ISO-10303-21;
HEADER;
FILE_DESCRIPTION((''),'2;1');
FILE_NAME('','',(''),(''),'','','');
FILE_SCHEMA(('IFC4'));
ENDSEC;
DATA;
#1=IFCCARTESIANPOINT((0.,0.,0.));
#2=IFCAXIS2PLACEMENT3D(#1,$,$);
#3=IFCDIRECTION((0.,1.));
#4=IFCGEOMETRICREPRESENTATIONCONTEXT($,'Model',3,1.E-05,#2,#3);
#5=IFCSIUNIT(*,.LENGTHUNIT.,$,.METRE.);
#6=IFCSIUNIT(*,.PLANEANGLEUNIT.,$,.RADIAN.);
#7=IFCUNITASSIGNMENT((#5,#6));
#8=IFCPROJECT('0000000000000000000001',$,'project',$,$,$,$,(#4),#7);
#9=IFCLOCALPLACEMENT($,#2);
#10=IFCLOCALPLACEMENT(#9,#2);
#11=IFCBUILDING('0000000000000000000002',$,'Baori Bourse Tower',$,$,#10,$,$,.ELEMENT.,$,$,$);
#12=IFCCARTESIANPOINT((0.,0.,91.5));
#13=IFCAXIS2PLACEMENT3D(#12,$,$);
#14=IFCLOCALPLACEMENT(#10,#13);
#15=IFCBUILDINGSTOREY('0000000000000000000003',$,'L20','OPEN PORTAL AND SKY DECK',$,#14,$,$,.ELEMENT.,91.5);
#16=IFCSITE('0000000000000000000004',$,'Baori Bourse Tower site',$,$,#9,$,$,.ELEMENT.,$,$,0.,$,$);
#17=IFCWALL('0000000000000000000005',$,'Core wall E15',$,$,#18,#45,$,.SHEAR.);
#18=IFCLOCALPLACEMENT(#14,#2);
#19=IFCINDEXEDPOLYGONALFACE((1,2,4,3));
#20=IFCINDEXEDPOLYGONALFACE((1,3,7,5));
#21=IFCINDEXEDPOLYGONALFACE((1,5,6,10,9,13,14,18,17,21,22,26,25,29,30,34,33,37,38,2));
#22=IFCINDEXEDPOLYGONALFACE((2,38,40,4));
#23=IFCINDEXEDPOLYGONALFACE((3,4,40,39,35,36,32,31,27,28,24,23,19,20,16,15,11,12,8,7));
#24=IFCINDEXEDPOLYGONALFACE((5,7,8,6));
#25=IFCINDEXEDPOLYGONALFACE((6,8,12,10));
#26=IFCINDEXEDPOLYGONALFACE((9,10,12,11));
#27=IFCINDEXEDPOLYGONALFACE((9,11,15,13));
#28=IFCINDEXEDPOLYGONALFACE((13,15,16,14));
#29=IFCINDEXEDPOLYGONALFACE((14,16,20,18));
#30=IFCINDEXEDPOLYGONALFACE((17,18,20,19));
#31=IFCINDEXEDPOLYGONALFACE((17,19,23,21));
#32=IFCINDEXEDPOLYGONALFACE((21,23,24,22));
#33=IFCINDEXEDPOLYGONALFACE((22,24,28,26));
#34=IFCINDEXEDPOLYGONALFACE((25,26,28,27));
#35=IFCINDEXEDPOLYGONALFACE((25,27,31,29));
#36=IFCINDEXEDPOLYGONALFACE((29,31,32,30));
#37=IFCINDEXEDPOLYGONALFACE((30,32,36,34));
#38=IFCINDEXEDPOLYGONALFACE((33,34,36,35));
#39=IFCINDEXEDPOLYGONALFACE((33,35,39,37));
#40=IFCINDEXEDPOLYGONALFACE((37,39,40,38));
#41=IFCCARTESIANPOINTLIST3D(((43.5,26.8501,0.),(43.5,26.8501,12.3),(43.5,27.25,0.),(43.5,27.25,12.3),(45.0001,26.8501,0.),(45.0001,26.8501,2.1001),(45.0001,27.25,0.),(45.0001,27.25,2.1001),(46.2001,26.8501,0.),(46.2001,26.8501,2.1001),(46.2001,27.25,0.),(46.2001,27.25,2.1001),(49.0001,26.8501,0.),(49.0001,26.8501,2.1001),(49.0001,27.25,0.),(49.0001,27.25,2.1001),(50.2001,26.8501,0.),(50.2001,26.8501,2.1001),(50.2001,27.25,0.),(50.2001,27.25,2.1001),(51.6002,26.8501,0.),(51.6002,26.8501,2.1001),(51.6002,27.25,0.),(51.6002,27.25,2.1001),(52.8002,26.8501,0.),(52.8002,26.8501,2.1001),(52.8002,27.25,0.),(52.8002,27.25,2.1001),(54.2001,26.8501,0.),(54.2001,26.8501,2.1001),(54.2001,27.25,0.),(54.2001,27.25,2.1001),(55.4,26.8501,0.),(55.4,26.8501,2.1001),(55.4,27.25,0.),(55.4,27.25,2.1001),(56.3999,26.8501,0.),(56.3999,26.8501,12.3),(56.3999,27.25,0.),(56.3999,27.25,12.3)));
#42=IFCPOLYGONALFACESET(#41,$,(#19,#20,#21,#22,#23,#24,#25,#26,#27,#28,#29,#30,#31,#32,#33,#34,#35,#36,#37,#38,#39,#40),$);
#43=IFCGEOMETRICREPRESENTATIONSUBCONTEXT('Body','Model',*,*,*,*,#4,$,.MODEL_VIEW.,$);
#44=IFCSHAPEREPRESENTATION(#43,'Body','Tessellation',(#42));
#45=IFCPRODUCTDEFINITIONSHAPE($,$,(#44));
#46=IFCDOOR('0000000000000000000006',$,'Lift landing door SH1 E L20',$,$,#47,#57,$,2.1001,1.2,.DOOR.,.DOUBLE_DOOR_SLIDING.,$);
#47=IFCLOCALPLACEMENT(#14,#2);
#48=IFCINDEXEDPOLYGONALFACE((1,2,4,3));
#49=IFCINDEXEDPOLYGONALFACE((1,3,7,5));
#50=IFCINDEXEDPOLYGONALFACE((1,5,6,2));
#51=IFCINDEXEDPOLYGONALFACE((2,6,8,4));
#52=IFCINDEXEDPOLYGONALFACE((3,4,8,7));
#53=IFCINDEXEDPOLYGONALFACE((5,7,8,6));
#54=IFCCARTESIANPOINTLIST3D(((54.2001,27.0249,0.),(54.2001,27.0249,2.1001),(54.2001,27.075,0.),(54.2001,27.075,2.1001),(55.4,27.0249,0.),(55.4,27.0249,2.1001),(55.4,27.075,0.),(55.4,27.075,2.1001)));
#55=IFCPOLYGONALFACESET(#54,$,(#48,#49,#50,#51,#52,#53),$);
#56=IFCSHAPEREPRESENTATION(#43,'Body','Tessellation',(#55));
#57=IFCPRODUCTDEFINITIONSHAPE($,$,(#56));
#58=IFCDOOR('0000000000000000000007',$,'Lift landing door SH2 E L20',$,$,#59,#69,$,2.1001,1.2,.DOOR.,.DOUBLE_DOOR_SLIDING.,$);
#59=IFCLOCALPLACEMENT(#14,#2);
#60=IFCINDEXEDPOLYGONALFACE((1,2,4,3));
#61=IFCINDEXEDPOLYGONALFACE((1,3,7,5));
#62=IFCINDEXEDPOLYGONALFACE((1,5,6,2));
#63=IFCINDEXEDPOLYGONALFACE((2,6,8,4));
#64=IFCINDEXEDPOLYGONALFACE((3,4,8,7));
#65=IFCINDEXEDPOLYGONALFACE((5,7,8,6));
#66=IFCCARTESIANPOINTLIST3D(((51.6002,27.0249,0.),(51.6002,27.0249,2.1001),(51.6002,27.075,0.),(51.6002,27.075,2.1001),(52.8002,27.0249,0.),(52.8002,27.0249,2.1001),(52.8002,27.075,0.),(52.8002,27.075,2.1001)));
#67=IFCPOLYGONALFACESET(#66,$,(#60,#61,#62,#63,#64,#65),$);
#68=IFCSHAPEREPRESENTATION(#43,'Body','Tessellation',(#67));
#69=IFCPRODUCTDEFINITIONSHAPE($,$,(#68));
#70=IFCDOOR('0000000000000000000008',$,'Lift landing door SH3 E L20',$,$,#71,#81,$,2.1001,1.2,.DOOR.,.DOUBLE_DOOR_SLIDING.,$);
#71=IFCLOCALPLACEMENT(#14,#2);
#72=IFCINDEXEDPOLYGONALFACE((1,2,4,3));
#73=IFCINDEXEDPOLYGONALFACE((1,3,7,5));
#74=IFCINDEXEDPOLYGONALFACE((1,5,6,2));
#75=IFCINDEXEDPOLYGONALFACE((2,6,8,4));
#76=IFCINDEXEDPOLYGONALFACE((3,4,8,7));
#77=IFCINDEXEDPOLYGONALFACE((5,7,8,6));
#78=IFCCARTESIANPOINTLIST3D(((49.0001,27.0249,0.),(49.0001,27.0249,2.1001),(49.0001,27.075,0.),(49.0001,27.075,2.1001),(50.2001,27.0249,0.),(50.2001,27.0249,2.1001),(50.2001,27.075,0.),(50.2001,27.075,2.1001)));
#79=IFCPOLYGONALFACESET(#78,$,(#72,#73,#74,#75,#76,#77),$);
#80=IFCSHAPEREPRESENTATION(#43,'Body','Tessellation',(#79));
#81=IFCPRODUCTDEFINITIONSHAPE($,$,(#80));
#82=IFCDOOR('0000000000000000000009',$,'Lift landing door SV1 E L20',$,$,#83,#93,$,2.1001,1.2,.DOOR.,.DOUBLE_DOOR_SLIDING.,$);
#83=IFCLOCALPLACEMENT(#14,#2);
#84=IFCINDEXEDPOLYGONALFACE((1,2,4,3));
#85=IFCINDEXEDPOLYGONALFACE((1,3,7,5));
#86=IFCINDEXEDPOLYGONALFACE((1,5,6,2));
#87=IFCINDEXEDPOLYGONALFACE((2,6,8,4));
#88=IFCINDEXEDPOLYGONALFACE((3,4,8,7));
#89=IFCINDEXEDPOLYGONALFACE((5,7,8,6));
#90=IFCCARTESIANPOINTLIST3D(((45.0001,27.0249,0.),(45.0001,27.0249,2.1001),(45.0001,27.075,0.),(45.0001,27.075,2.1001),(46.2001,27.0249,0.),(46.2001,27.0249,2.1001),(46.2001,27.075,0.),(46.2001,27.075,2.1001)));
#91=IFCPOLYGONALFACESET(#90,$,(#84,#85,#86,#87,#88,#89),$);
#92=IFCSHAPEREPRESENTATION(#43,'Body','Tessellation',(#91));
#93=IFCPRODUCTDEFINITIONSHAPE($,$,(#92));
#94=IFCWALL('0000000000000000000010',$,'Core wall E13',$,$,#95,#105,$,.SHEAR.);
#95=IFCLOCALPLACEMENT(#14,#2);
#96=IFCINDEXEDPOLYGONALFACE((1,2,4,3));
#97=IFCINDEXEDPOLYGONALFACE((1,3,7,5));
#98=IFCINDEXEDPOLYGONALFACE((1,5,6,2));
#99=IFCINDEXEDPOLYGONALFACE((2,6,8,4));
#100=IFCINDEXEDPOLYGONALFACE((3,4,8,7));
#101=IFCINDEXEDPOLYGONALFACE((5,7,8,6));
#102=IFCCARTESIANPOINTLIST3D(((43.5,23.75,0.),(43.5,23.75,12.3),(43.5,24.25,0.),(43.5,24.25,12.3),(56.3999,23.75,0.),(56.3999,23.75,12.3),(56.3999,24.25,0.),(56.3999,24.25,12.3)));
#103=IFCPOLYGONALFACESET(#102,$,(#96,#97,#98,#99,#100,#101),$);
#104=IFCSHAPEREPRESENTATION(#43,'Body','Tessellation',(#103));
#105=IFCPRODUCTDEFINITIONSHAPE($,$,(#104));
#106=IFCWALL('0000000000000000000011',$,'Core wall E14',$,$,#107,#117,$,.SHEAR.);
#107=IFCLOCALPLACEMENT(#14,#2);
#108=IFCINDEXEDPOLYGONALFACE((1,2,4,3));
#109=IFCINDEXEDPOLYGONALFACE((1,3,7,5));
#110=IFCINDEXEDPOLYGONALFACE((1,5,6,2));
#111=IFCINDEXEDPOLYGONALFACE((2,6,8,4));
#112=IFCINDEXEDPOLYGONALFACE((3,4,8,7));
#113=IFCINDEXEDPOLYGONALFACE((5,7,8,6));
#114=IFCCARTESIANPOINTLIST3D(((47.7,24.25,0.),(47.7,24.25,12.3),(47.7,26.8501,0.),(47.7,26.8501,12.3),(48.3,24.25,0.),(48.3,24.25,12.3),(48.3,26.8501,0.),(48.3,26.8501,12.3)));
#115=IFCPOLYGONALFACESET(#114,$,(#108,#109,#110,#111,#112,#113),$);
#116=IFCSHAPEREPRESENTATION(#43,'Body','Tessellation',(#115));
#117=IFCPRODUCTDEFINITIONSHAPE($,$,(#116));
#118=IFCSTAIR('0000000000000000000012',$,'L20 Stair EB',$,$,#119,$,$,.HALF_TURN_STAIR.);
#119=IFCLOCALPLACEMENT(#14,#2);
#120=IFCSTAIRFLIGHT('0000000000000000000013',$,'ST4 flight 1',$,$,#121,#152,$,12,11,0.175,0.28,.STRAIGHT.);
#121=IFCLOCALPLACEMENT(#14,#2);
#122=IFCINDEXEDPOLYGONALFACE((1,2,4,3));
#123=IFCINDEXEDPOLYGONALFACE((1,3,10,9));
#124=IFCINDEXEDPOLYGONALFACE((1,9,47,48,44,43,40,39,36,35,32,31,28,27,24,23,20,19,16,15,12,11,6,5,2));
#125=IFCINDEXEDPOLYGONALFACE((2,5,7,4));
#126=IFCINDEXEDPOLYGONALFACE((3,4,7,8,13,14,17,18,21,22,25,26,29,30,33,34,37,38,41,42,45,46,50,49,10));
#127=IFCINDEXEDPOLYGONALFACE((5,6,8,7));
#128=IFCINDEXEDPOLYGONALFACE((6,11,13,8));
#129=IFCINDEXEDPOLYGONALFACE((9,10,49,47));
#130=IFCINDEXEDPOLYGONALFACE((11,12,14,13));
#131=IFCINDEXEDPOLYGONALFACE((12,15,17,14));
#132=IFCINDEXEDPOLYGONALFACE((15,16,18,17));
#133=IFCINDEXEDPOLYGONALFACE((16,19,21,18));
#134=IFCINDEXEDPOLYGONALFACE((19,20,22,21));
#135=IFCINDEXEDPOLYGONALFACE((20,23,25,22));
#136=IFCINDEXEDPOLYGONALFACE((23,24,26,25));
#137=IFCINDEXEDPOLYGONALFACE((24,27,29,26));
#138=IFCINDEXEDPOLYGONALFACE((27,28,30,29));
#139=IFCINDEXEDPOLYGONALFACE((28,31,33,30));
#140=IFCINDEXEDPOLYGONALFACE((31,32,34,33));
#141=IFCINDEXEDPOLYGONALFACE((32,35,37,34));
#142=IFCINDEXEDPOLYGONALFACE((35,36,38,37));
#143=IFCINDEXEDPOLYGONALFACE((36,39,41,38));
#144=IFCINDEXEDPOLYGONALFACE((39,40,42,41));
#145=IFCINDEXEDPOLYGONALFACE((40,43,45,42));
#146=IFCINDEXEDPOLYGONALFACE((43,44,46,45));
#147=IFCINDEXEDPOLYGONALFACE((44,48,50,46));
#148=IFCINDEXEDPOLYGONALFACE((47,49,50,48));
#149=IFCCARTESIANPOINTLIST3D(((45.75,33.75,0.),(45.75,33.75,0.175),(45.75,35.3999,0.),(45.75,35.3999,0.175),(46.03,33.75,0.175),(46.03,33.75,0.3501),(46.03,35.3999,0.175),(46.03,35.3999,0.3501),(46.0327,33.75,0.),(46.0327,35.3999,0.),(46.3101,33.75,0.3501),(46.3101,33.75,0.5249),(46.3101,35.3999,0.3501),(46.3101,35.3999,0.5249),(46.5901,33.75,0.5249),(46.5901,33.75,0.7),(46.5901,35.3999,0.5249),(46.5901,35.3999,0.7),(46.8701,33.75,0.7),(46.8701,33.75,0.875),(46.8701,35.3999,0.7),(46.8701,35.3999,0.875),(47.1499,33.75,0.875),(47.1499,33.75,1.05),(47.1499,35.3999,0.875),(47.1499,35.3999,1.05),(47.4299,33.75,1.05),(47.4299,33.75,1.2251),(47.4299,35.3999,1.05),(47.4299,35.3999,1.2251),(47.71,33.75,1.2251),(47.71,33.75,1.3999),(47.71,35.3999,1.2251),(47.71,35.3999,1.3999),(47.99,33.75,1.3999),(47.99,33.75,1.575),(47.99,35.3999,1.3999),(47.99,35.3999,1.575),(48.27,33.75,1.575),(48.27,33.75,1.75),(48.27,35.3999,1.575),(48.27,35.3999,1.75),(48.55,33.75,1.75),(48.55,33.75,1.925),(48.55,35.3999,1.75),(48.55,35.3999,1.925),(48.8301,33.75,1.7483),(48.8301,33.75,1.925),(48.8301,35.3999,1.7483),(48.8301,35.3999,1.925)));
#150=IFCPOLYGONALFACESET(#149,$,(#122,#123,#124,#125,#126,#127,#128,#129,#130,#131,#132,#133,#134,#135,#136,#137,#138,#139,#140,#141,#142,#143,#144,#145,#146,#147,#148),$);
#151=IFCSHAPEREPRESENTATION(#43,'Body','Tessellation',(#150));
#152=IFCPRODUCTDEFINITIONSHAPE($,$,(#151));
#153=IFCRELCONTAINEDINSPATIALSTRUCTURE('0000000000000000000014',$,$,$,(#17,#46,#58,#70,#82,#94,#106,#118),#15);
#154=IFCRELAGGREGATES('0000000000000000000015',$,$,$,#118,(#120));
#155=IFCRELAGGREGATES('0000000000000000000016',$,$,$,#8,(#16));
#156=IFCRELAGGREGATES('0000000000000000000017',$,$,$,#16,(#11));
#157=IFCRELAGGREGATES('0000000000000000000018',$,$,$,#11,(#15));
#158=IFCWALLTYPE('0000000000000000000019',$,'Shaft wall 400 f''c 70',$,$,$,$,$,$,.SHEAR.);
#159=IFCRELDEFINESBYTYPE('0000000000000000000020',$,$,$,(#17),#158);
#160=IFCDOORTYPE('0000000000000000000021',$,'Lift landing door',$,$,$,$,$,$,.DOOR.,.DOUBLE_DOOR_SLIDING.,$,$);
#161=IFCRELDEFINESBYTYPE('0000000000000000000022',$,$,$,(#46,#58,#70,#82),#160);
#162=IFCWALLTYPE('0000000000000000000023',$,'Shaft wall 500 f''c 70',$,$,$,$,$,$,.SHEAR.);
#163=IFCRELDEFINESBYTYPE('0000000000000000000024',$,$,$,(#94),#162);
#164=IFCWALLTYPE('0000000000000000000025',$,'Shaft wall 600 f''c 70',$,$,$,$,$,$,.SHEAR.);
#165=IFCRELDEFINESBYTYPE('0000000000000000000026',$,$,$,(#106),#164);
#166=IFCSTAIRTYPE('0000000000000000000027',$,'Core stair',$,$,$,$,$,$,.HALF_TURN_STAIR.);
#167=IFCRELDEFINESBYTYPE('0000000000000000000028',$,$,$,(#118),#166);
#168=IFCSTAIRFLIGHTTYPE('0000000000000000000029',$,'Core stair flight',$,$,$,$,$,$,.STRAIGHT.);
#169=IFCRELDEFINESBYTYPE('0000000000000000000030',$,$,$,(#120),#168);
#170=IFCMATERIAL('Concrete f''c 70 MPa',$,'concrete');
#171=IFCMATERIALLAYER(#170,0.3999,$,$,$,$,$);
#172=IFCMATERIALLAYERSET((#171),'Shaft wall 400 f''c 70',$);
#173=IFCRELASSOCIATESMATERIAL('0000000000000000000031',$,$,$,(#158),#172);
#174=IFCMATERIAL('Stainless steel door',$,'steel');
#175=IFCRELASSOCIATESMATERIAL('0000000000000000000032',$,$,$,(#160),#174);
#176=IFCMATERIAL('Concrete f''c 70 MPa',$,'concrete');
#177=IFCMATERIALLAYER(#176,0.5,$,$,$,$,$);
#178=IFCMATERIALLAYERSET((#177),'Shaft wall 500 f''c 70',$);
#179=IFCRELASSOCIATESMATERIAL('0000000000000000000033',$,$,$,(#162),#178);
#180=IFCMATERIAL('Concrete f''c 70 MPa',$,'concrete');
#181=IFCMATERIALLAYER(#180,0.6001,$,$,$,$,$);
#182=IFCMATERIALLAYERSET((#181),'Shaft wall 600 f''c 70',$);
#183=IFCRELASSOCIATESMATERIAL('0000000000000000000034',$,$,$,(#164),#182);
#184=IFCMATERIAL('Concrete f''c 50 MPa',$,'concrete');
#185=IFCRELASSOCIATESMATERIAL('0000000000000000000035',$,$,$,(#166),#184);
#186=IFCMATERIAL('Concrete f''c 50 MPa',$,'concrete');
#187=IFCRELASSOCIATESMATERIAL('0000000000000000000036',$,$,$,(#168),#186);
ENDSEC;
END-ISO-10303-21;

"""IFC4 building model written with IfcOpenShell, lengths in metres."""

from ifc_helpers import new_model, si_unit, direction, frame, frame_2d, origin, place, context, subcontext, project, spatial, polyline, rectangle, outline, extrude, material, layer, layer_set, type_object, element, fill, aggregate, save


model = new_model("IFC4")

# Units and contexts
model_context = context("Model", 3, precision=1e-05, world=origin(), true_north=direction((0.0, 1.0)))
body_context = subcontext(model_context, "Body", "Model", "MODEL_VIEW")
ifc_project = project(units=[si_unit("LENGTHUNIT", "METRE"), si_unit("PLANEANGLEUNIT", "RADIAN")], contexts=[model_context])

# Site, building, storey
site_placement = place(None, origin())
site = spatial("IfcSite", under=ifc_project, at=site_placement, Name="Baori Bourse Tower site", CompositionType="ELEMENT", RefElevation=0.0)
building_placement = place(site_placement, origin())
building = spatial("IfcBuilding", under=site, at=building_placement, Name="Baori Bourse Tower", CompositionType="ELEMENT")
storey_placement = place(building_placement, frame((0.0, 0.0, 91.5)))
storey = spatial("IfcBuildingStorey", under=building, at=storey_placement, Name="L20", Description="OPEN PORTAL AND SKY DECK", CompositionType="ELEMENT", Elevation=91.5)

# Wall, openings, doors
ifc_material_1 = material(Name="Concrete f'c 70 MPa", Category="concrete")
ifc_layer_1 = layer(ifc_material_1, 0.3999)
ifc_layer_set_1 = layer_set([ifc_layer_1], Name="Shaft wall 400 f'c 70")
wall_type_1 = type_object("IfcWallType", Name="Shaft wall 400 f'c 70", PredefinedType="SHEAR", material=ifc_layer_set_1)
wall_1_placement = place(storey_placement, frame((43.5, 27.05, 0.0), z_axis=(0.0, 0.0, 1.0), x_axis=(1.0, 0.0, 0.0)))
wall_1 = element("IfcWall", 1, at=wall_1_placement, inside=storey, type_object=wall_type_1, Name="Core wall E15", PredefinedType="SHEAR", context=body_context, shape_type="SweptSolid", body=[
    extrude(rectangle(XDim=12.8999, YDim=0.3999, at=frame_2d((6.45, 0.0))), origin(), (0.0, 0.0, 1.0), 12.3),
])
opening_1_placement = place(wall_1_placement, frame((10.7, 0.0, 0.0)))
opening_1 = element("IfcOpeningElement", 2, at=opening_1_placement, cuts=wall_1, PredefinedType="OPENING", context=body_context, shape_type="SweptSolid", body=[
    extrude(rectangle(XDim=1.2, YDim=2.1001, at=frame_2d((0.6001, 1.05))), frame((0.0, 0.21, 0.0), z_axis=(0.0, -1.0, 0.0), x_axis=(1.0, 0.0, 0.0)), (0.0, 0.0, 1.0), 0.4199),
])
opening_2_placement = place(wall_1_placement, frame((8.1001, 0.0, 0.0)))
opening_2 = element("IfcOpeningElement", 3, at=opening_2_placement, cuts=wall_1, PredefinedType="OPENING", context=body_context, shape_type="SweptSolid", body=[
    extrude(rectangle(XDim=1.2, YDim=2.1001, at=frame_2d((0.6001, 1.05))), frame((0.0, 0.21, 0.0), z_axis=(0.0, -1.0, 0.0), x_axis=(1.0, 0.0, 0.0)), (0.0, 0.0, 1.0), 0.4199),
])
opening_3_placement = place(wall_1_placement, frame((5.5, 0.0, 0.0)))
opening_3 = element("IfcOpeningElement", 4, at=opening_3_placement, cuts=wall_1, PredefinedType="OPENING", context=body_context, shape_type="SweptSolid", body=[
    extrude(rectangle(XDim=1.2, YDim=2.1001, at=frame_2d((0.6001, 1.05))), frame((0.0, 0.21, 0.0), z_axis=(0.0, -1.0, 0.0), x_axis=(1.0, 0.0, 0.0)), (0.0, 0.0, 1.0), 0.4199),
])
opening_4_placement = place(wall_1_placement, frame((1.5, 0.0, 0.0)))
opening_4 = element("IfcOpeningElement", 5, at=opening_4_placement, cuts=wall_1, PredefinedType="OPENING", context=body_context, shape_type="SweptSolid", body=[
    extrude(rectangle(XDim=1.2, YDim=2.1001, at=frame_2d((0.6001, 1.05))), frame((0.0, 0.21, 0.0), z_axis=(0.0, -1.0, 0.0), x_axis=(1.0, 0.0, 0.0)), (0.0, 0.0, 1.0), 0.4199),
])
ifc_material_2 = material(Name="Stainless steel door", Category="steel")
door_type_1 = type_object("IfcDoorType", Name="Lift landing door", OperationType="DOUBLE_DOOR_SLIDING", PredefinedType="DOOR", material=ifc_material_2)
door_1_placement = place(opening_1_placement, origin())
door_1 = element("IfcDoor", 6, at=door_1_placement, inside=storey, type_object=door_type_1, Name="Lift landing door SH1 E L20", OperationType="DOUBLE_DOOR_SLIDING", OverallHeight=2.1001, OverallWidth=1.2, PredefinedType="DOOR", context=body_context, shape_type="SweptSolid", body=[
    extrude(rectangle(XDim=1.2, YDim=2.1001, at=frame_2d((0.6001, 1.05))), frame((0.0, 0.0249, 0.0), z_axis=(0.0, -1.0, 0.0), x_axis=(1.0, 0.0, 0.0)), (0.0, 0.0, 1.0), 0.05),
])
fill(opening_1, door_1)
door_2_placement = place(opening_2_placement, origin())
door_2 = element("IfcDoor", 7, at=door_2_placement, inside=storey, type_object=door_type_1, Name="Lift landing door SH2 E L20", OperationType="DOUBLE_DOOR_SLIDING", OverallHeight=2.1001, OverallWidth=1.2, PredefinedType="DOOR", context=body_context, shape_type="SweptSolid", body=[
    extrude(rectangle(XDim=1.2, YDim=2.1001, at=frame_2d((0.6001, 1.05))), frame((0.0, 0.0249, 0.0), z_axis=(0.0, -1.0, 0.0), x_axis=(1.0, 0.0, 0.0)), (0.0, 0.0, 1.0), 0.05),
])
fill(opening_2, door_2)
door_3_placement = place(opening_3_placement, origin())
door_3 = element("IfcDoor", 8, at=door_3_placement, inside=storey, type_object=door_type_1, Name="Lift landing door SH3 E L20", OperationType="DOUBLE_DOOR_SLIDING", OverallHeight=2.1001, OverallWidth=1.2, PredefinedType="DOOR", context=body_context, shape_type="SweptSolid", body=[
    extrude(rectangle(XDim=1.2, YDim=2.1001, at=frame_2d((0.6001, 1.05))), frame((0.0, 0.0249, 0.0), z_axis=(0.0, -1.0, 0.0), x_axis=(1.0, 0.0, 0.0)), (0.0, 0.0, 1.0), 0.05),
])
fill(opening_3, door_3)
door_4_placement = place(opening_4_placement, origin())
door_4 = element("IfcDoor", 9, at=door_4_placement, inside=storey, type_object=door_type_1, Name="Lift landing door SV1 E L20", OperationType="DOUBLE_DOOR_SLIDING", OverallHeight=2.1001, OverallWidth=1.2, PredefinedType="DOOR", context=body_context, shape_type="SweptSolid", body=[
    extrude(rectangle(XDim=1.2, YDim=2.1001, at=frame_2d((0.6001, 1.05))), frame((0.0, 0.0249, 0.0), z_axis=(0.0, -1.0, 0.0), x_axis=(1.0, 0.0, 0.0)), (0.0, 0.0, 1.0), 0.05),
])
fill(opening_4, door_4)

# Walls
ifc_material_3 = material(Name="Concrete f'c 70 MPa", Category="concrete")
ifc_layer_2 = layer(ifc_material_3, 0.5)
ifc_layer_set_2 = layer_set([ifc_layer_2], Name="Shaft wall 500 f'c 70")
wall_type_2 = type_object("IfcWallType", Name="Shaft wall 500 f'c 70", PredefinedType="SHEAR", material=ifc_layer_set_2)
wall_2_placement = place(storey_placement, frame((43.5, 24.0, 0.0), z_axis=(0.0, 0.0, 1.0), x_axis=(1.0, 0.0, 0.0)))
element("IfcWall", 10, at=wall_2_placement, inside=storey, type_object=wall_type_2, Name="Core wall E13", PredefinedType="SHEAR", context=body_context, shape_type="SweptSolid", body=[
    extrude(rectangle(XDim=12.8999, YDim=0.5, at=frame_2d((6.45, 0.0))), origin(), (0.0, 0.0, 1.0), 12.3),
])
ifc_material_4 = material(Name="Concrete f'c 70 MPa", Category="concrete")
ifc_layer_3 = layer(ifc_material_4, 0.6001)
ifc_layer_set_3 = layer_set([ifc_layer_3], Name="Shaft wall 600 f'c 70")
wall_type_3 = type_object("IfcWallType", Name="Shaft wall 600 f'c 70", PredefinedType="SHEAR", material=ifc_layer_set_3)
wall_3_placement = place(storey_placement, frame((48.0, 24.25, 0.0), z_axis=(0.0, 0.0, 1.0), x_axis=(0.0, 1.0, 0.0)))
element("IfcWall", 11, at=wall_3_placement, inside=storey, type_object=wall_type_3, Name="Core wall E14", PredefinedType="SHEAR", context=body_context, shape_type="SweptSolid", body=[
    extrude(rectangle(XDim=2.6001, YDim=0.6001, at=frame_2d((1.3, 0.0))), origin(), (0.0, 0.0, 1.0), 12.3),
])

# Stair, stair flight
ifc_material_5 = material(Name="Concrete f'c 50 MPa", Category="concrete")
stair_type = type_object("IfcStairType", Name="Core stair", PredefinedType="HALF_TURN_STAIR", material=ifc_material_5)
stair_placement = place(storey_placement, origin())
stair = element("IfcStair", 12, at=stair_placement, inside=storey, type_object=stair_type, Name="L20 Stair EB", PredefinedType="HALF_TURN_STAIR")
ifc_material_6 = material(Name="Concrete f'c 50 MPa", Category="concrete")
stair_flight_type = type_object("IfcStairFlightType", Name="Core stair flight", PredefinedType="STRAIGHT", material=ifc_material_6)
stair_flight_1_placement = place(storey_placement, frame((45.75, 34.575, 0.0), z_axis=(0.0, 0.0, 1.0), x_axis=(1.0, 0.0, 0.0)))
stair_flight_1 = element("IfcStairFlight", 13, at=stair_flight_1_placement, type_object=stair_flight_type, Name="ST4 flight 1", NumberOfRisers=12, NumberOfTreads=11, PredefinedType="STRAIGHT", RiserHeight=0.175, TreadLength=0.28, context=body_context, shape_type="SweptSolid", body=[
    extrude(outline(polyline([(0.0, 0.0), (0.0, 0.175), (0.28, 0.175), (0.28, 0.3501), (0.5601, 0.3501), (0.5601, 0.5249), (0.8401, 0.5249), (0.8401, 0.7), (1.1201, 0.7), (1.1201, 0.875), (1.3999, 0.875), (1.3999, 1.05), (1.6799, 1.05), (1.6799, 1.2251), (1.96, 1.2251), (1.96, 1.3999), (2.24, 1.3999), (2.24, 1.575), (2.52, 1.575), (2.52, 1.75), (2.8, 1.75), (2.8, 1.925), (3.0801, 1.925), (3.0801, 2.1001), (3.0801, 1.7483), (0.2827, 0.0), (0.0, 0.0)])), frame((0.0, 0.825, 0.0), z_axis=(0.0, -1.0, 0.0), x_axis=(1.0, 0.0, 0.0)), (0.0, 0.0, 1.0), 1.6499),
])
aggregate(stair, [stair_flight_1])

save(model, "model.ifc")
